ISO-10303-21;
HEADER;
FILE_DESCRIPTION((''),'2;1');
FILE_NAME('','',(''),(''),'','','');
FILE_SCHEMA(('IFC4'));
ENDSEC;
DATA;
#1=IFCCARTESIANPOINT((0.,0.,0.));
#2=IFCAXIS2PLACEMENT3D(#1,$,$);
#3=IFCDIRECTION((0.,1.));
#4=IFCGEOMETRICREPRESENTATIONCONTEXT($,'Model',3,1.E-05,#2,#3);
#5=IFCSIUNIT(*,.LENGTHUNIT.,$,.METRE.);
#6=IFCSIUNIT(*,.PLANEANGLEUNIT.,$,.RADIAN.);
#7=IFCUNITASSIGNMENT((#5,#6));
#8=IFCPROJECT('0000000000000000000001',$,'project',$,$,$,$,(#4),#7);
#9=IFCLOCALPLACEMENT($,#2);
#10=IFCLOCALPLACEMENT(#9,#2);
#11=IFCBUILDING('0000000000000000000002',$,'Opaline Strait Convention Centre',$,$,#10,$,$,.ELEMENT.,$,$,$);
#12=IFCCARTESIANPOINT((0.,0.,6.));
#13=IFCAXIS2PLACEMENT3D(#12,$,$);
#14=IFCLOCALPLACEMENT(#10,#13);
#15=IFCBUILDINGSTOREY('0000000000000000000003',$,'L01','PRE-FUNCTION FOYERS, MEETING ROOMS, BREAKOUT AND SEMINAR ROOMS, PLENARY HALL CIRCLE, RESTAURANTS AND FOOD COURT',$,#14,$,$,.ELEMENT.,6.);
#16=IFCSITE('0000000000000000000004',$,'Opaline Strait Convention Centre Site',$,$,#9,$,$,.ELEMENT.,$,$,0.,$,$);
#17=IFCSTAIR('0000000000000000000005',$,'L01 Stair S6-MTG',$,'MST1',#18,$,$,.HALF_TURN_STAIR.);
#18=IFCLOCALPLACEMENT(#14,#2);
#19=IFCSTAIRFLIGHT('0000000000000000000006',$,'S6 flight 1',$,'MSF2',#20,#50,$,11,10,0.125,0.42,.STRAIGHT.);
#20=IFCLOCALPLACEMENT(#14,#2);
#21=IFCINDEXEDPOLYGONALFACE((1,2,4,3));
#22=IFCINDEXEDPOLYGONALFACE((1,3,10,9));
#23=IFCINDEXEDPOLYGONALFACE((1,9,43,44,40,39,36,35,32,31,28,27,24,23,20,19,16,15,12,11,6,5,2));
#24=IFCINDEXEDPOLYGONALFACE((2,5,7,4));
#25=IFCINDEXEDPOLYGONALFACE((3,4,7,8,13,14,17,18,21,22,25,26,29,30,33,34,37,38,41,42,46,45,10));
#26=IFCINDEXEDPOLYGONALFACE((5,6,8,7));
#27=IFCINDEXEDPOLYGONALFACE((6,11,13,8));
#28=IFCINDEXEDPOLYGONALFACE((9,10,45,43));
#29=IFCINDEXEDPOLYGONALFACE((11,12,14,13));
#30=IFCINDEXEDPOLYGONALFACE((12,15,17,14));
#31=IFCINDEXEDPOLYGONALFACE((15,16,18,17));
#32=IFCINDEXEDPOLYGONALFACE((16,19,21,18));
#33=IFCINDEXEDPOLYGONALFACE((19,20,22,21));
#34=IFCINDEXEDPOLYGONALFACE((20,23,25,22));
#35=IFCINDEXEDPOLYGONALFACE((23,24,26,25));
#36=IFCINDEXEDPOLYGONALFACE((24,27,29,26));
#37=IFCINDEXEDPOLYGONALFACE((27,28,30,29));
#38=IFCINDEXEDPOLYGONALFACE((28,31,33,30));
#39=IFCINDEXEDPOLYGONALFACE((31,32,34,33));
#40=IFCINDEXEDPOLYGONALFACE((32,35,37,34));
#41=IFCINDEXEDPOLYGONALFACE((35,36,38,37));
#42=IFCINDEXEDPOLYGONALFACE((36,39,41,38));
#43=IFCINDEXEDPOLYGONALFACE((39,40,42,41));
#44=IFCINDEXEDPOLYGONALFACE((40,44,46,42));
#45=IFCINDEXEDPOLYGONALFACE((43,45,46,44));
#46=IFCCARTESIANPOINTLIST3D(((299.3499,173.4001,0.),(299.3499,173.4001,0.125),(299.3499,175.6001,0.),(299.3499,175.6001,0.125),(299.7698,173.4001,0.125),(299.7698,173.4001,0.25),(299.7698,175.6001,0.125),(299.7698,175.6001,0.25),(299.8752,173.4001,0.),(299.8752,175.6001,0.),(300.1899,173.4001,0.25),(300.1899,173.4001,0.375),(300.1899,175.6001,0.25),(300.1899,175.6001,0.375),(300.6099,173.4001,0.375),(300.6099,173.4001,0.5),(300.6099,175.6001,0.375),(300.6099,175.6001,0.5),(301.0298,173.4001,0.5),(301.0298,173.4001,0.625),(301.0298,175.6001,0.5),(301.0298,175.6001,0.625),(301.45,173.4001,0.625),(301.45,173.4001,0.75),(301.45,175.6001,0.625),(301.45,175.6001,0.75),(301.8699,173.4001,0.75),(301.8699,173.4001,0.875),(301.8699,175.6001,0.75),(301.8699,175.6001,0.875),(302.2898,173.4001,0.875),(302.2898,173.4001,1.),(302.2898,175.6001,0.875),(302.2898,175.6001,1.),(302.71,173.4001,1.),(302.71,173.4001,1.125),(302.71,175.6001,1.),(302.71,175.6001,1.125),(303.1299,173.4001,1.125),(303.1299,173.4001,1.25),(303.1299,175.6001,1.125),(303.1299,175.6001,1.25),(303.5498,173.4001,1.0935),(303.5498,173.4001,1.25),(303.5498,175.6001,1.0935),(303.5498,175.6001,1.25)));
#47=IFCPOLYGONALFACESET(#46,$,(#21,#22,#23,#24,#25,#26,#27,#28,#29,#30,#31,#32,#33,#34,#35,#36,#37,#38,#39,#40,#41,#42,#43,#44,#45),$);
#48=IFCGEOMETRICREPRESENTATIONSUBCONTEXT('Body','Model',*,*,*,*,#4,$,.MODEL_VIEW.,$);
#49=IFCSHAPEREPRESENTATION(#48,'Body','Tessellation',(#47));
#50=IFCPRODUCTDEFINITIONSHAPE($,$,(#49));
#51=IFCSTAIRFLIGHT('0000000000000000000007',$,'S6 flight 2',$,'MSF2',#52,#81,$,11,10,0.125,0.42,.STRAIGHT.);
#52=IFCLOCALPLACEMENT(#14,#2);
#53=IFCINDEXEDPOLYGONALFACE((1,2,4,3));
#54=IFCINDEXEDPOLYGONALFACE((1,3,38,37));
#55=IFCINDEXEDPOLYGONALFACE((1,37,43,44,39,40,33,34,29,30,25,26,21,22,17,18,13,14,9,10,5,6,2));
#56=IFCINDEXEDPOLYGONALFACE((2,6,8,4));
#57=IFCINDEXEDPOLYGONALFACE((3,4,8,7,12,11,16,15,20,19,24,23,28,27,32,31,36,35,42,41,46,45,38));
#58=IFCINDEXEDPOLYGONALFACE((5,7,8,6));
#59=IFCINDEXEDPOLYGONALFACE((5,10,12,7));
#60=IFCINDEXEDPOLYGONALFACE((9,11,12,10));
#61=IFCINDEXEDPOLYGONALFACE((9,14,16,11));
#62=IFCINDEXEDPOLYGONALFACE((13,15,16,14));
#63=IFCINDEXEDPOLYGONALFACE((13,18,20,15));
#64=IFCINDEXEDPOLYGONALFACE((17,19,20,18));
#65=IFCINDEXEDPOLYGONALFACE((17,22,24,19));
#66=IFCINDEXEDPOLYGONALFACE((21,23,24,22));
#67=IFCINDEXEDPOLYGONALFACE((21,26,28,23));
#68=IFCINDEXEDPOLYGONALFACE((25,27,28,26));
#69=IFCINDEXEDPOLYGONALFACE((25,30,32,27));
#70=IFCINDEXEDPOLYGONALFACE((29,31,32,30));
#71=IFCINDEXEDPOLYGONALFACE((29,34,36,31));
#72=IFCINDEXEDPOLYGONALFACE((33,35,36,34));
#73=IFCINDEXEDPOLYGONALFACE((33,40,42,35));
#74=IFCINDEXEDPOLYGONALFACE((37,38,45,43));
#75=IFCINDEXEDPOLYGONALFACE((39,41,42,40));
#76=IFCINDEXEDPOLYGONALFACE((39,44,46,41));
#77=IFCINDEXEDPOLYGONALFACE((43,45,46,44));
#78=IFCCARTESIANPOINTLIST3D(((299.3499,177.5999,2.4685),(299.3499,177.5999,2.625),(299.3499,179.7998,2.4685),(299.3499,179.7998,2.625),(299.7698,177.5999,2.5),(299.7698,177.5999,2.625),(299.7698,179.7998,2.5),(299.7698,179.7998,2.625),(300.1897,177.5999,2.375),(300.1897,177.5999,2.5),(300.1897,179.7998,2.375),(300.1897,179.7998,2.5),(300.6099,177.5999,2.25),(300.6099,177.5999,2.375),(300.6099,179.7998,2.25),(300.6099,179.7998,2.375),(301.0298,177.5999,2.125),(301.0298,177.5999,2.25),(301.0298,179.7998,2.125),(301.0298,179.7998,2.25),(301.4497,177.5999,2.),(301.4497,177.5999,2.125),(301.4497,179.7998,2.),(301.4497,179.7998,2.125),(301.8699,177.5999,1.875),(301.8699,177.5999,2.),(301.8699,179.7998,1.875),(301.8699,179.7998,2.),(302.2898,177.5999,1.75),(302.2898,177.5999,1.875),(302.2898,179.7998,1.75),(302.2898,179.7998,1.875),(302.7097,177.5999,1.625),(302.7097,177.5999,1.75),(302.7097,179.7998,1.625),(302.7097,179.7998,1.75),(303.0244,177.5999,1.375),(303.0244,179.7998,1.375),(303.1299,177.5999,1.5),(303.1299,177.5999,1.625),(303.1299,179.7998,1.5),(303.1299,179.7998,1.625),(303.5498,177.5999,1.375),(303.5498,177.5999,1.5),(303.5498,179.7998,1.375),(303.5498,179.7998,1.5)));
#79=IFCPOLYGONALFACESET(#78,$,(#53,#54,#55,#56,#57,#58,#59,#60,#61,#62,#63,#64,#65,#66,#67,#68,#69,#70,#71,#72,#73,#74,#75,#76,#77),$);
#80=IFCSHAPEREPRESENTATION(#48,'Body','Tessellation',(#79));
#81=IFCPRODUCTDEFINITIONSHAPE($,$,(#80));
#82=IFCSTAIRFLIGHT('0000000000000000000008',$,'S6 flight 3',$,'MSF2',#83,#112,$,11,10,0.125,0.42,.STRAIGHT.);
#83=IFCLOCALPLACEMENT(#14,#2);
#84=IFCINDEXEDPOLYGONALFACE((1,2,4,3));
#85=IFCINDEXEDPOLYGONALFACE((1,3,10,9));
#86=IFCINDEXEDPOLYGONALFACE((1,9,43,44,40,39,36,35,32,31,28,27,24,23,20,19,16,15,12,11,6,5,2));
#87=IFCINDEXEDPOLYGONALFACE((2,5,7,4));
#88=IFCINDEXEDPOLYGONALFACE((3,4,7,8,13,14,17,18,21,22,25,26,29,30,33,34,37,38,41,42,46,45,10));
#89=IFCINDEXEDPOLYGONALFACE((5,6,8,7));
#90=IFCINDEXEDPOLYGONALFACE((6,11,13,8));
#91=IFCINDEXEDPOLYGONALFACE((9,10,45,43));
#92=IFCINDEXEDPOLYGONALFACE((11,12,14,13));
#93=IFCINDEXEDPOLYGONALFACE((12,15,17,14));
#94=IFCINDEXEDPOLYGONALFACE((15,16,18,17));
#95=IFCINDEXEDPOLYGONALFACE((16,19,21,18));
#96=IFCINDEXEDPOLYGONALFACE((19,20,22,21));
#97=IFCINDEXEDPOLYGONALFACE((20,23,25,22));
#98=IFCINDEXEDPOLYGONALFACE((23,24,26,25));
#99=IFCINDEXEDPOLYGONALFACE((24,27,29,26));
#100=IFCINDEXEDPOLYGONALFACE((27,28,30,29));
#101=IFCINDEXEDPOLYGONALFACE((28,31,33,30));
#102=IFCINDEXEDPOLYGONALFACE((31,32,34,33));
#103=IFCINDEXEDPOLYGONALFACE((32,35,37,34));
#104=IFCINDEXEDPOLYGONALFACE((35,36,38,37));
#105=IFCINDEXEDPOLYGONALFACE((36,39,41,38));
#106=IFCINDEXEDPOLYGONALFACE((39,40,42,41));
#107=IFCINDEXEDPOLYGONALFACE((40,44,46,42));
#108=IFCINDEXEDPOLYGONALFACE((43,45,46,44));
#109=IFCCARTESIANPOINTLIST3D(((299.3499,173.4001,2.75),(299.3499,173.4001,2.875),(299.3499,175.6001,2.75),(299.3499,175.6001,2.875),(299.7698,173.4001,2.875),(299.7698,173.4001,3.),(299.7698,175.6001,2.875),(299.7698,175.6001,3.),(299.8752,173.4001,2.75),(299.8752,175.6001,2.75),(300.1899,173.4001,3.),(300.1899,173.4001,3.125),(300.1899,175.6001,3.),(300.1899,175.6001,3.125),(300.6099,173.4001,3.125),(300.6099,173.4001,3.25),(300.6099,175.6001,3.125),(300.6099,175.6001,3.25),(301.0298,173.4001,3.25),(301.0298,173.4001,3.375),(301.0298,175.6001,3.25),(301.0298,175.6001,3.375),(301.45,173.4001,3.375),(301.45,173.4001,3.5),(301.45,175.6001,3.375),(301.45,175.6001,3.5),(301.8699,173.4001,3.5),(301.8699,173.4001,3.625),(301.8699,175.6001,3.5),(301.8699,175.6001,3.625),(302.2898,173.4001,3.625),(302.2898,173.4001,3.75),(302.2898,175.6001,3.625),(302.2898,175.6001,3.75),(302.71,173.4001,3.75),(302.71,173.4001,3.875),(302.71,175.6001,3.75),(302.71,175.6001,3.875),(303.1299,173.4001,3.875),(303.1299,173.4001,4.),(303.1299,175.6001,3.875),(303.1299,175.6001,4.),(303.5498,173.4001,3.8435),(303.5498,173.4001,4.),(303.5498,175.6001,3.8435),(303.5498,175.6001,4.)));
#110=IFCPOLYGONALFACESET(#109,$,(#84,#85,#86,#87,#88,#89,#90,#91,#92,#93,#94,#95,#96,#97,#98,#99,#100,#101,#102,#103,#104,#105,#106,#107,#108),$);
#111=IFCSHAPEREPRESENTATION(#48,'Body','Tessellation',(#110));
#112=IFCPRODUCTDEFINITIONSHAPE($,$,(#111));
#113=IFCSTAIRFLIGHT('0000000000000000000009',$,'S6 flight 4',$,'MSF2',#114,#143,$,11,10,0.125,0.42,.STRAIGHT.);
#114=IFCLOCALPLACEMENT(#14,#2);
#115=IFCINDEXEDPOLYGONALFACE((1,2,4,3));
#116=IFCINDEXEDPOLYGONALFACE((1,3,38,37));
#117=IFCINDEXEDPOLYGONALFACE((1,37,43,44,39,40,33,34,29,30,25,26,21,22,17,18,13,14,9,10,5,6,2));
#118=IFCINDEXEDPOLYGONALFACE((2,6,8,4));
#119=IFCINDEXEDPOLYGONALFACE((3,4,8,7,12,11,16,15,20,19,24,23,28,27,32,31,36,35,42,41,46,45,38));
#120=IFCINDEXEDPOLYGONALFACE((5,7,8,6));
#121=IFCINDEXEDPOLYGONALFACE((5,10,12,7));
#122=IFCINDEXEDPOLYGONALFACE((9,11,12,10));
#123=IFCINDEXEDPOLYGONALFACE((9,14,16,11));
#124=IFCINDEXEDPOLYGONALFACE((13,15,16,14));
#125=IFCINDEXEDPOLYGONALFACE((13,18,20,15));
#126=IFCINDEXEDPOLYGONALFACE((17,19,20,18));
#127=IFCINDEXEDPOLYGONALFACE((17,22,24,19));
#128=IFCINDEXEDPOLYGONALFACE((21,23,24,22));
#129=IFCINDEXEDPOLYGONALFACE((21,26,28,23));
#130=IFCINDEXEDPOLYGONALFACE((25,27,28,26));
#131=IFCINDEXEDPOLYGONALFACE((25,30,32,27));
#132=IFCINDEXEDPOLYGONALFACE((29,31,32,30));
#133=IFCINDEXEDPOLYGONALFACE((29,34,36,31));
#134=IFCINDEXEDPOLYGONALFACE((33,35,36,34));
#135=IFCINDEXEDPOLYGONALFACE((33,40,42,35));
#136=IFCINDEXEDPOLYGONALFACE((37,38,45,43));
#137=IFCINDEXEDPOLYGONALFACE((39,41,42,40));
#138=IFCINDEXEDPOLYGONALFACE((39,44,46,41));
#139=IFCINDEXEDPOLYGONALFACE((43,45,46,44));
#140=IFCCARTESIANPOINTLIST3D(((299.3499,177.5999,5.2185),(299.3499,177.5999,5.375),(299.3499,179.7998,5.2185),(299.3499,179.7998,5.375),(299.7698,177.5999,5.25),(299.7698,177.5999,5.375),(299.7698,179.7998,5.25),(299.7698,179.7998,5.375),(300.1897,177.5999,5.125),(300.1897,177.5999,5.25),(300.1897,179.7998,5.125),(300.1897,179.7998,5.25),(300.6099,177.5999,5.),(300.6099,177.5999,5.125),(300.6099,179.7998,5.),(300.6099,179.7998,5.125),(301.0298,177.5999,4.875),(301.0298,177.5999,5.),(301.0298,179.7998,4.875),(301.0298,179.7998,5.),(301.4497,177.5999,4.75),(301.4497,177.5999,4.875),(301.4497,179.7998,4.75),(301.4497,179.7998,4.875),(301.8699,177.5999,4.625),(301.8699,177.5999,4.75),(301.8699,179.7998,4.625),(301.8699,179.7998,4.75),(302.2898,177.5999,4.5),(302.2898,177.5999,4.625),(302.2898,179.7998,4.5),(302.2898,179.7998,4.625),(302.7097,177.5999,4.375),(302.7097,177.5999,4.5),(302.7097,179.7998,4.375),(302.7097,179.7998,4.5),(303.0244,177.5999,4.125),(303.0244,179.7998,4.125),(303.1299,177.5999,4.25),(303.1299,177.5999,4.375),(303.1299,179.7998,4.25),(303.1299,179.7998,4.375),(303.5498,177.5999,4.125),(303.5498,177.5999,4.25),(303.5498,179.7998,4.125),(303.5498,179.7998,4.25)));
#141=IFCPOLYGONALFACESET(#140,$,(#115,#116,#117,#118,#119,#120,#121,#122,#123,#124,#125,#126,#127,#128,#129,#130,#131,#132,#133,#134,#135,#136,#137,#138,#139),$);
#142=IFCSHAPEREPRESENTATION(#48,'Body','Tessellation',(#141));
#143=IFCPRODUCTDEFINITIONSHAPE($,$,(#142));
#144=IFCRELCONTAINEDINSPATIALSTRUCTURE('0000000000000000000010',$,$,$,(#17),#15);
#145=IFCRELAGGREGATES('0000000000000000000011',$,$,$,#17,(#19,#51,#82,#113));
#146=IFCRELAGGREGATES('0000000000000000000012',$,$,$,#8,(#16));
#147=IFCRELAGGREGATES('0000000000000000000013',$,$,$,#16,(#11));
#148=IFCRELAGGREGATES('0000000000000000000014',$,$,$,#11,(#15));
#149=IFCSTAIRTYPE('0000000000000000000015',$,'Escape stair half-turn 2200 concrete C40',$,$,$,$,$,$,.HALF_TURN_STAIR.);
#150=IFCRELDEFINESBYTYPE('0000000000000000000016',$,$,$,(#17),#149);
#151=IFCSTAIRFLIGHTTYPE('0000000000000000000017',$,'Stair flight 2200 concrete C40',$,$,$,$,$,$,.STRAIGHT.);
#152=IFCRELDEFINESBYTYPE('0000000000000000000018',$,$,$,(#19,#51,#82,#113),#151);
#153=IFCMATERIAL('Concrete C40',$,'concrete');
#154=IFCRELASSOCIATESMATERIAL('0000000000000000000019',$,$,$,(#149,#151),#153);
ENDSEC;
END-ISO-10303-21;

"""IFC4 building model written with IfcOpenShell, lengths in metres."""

from ifc_helpers import new_model, si_unit, direction, frame, origin, place, context, subcontext, project, spatial, polyline, outline, extrude, material, type_object, element, aggregate, save


model = new_model("IFC4")

# Units and contexts
model_context = context("Model", 3, precision=1e-05, world=origin(), true_north=direction((0.0, 1.0)))
body_context = subcontext(model_context, "Body", "Model", "MODEL_VIEW")
ifc_project = project(units=[si_unit("LENGTHUNIT", "METRE"), si_unit("PLANEANGLEUNIT", "RADIAN")], contexts=[model_context])

# Site, building, storey
site_placement = place(None, origin())
site = spatial("IfcSite", under=ifc_project, at=site_placement, Name="Opaline Strait Convention Centre Site", CompositionType="ELEMENT", RefElevation=0.0)
building_placement = place(site_placement, origin())
building = spatial("IfcBuilding", under=site, at=building_placement, Name="Opaline Strait Convention Centre", CompositionType="ELEMENT")
storey_placement = place(building_placement, frame((0.0, 0.0, 6.0)))
storey = spatial("IfcBuildingStorey", under=building, at=storey_placement, Name="L01", Description="PRE-FUNCTION FOYERS, MEETING ROOMS, BREAKOUT AND SEMINAR ROOMS, PLENARY HALL CIRCLE, RESTAURANTS AND FOOD COURT", CompositionType="ELEMENT", Elevation=6.0)

# Shared definitions
ifc_material_1 = material(Name="Concrete C40", Category="concrete")

# Stair, stair flights
stair_type = type_object("IfcStairType", Name="Escape stair half-turn 2200 concrete C40", PredefinedType="HALF_TURN_STAIR", material=ifc_material_1)
stair_placement = place(storey_placement, origin())
stair = element("IfcStair", 1, at=stair_placement, inside=storey, type_object=stair_type, Name="L01 Stair S6-MTG", ObjectType="MST1", PredefinedType="HALF_TURN_STAIR")
stair_flight_type = type_object("IfcStairFlightType", Name="Stair flight 2200 concrete C40", PredefinedType="STRAIGHT", material=ifc_material_1)
stair_flight_1_placement = place(storey_placement, frame((299.3499, 174.5, 0.0), z_axis=(0.0, 0.0, 1.0), x_axis=(1.0, 0.0, 0.0)))
stair_flight_1 = element("IfcStairFlight", 2, at=stair_flight_1_placement, type_object=stair_flight_type, Name="S6 flight 1", ObjectType="MSF2", NumberOfRisers=11, NumberOfTreads=10, PredefinedType="STRAIGHT", RiserHeight=0.125, TreadLength=0.42, context=body_context, shape_type="SweptSolid", body=[
    extrude(outline(polyline([(0.0, 0.0), (0.0, 0.125), (0.4199, 0.125), (0.4199, 0.25), (0.8401, 0.25), (0.8401, 0.375), (1.26, 0.375), (1.26, 0.5), (1.6799, 0.5), (1.6799, 0.625), (2.1001, 0.625), (2.1001, 0.75), (2.52, 0.75), (2.52, 0.875), (2.9399, 0.875), (2.9399, 1.0), (3.3601, 1.0), (3.3601, 1.125), (3.78, 1.125), (3.78, 1.25), (4.2, 1.25), (4.2, 1.375), (4.2, 1.0935), (0.5254, 0.0), (0.0, 0.0)])), frame((0.0, 1.1001, 0.0), z_axis=(0.0, -1.0, 0.0), x_axis=(1.0, 0.0, 0.0)), (0.0, 0.0, 1.0), 2.2),
])
stair_flight_2_placement = place(storey_placement, frame((303.5498, 178.7, 1.375), z_axis=(0.0, 0.0, 1.0), x_axis=(-1.0, 0.0, 0.0)))
stair_flight_2 = element("IfcStairFlight", 3, at=stair_flight_2_placement, type_object=stair_flight_type, Name="S6 flight 2", ObjectType="MSF2", NumberOfRisers=11, NumberOfTreads=10, PredefinedType="STRAIGHT", RiserHeight=0.125, TreadLength=0.42, context=body_context, shape_type="SweptSolid", body=[
    extrude(outline(polyline([(0.0, 0.0), (0.0, 0.125), (0.4199, 0.125), (0.4199, 0.25), (0.8401, 0.25), (0.8401, 0.375), (1.26, 0.375), (1.26, 0.5), (1.6799, 0.5), (1.6799, 0.625), (2.1001, 0.625), (2.1001, 0.75), (2.52, 0.75), (2.52, 0.875), (2.9399, 0.875), (2.9399, 1.0), (3.3601, 1.0), (3.3601, 1.125), (3.78, 1.125), (3.78, 1.25), (4.2, 1.25), (4.2, 1.375), (4.2, 1.0935), (0.5254, 0.0), (0.0, 0.0)])), frame((0.0, 1.1001, 0.0), z_axis=(0.0, -1.0, 0.0), x_axis=(1.0, 0.0, 0.0)), (0.0, 0.0, 1.0), 2.2),
])
stair_flight_3_placement = place(storey_placement, frame((299.3499, 174.5, 2.75), z_axis=(0.0, 0.0, 1.0), x_axis=(1.0, 0.0, 0.0)))
stair_flight_3 = element("IfcStairFlight", 4, at=stair_flight_3_placement, type_object=stair_flight_type, Name="S6 flight 3", ObjectType="MSF2", NumberOfRisers=11, NumberOfTreads=10, PredefinedType="STRAIGHT", RiserHeight=0.125, TreadLength=0.42, context=body_context, shape_type="SweptSolid", body=[
    extrude(outline(polyline([(0.0, 0.0), (0.0, 0.125), (0.4199, 0.125), (0.4199, 0.25), (0.8401, 0.25), (0.8401, 0.375), (1.26, 0.375), (1.26, 0.5), (1.6799, 0.5), (1.6799, 0.625), (2.1001, 0.625), (2.1001, 0.75), (2.52, 0.75), (2.52, 0.875), (2.9399, 0.875), (2.9399, 1.0), (3.3601, 1.0), (3.3601, 1.125), (3.78, 1.125), (3.78, 1.25), (4.2, 1.25), (4.2, 1.375), (4.2, 1.0935), (0.5254, 0.0), (0.0, 0.0)])), frame((0.0, 1.1001, 0.0), z_axis=(0.0, -1.0, 0.0), x_axis=(1.0, 0.0, 0.0)), (0.0, 0.0, 1.0), 2.2),
])
stair_flight_4_placement = place(storey_placement, frame((303.5498, 178.7, 4.125), z_axis=(0.0, 0.0, 1.0), x_axis=(-1.0, 0.0, 0.0)))
stair_flight_4 = element("IfcStairFlight", 5, at=stair_flight_4_placement, type_object=stair_flight_type, Name="S6 flight 4", ObjectType="MSF2", NumberOfRisers=11, NumberOfTreads=10, PredefinedType="STRAIGHT", RiserHeight=0.125, TreadLength=0.42, context=body_context, shape_type="SweptSolid", body=[
    extrude(outline(polyline([(0.0, 0.0), (0.0, 0.125), (0.4199, 0.125), (0.4199, 0.25), (0.8401, 0.25), (0.8401, 0.375), (1.26, 0.375), (1.26, 0.5), (1.6799, 0.5), (1.6799, 0.625), (2.1001, 0.625), (2.1001, 0.75), (2.52, 0.75), (2.52, 0.875), (2.9399, 0.875), (2.9399, 1.0), (3.3601, 1.0), (3.3601, 1.125), (3.78, 1.125), (3.78, 1.25), (4.2, 1.25), (4.2, 1.375), (4.2, 1.0935), (0.5254, 0.0), (0.0, 0.0)])), frame((0.0, 1.1001, 0.0), z_axis=(0.0, -1.0, 0.0), x_axis=(1.0, 0.0, 0.0)), (0.0, 0.0, 1.0), 2.2),
])
aggregate(stair, [stair_flight_1, stair_flight_2, stair_flight_3, stair_flight_4])

save(model, "model.ifc")
